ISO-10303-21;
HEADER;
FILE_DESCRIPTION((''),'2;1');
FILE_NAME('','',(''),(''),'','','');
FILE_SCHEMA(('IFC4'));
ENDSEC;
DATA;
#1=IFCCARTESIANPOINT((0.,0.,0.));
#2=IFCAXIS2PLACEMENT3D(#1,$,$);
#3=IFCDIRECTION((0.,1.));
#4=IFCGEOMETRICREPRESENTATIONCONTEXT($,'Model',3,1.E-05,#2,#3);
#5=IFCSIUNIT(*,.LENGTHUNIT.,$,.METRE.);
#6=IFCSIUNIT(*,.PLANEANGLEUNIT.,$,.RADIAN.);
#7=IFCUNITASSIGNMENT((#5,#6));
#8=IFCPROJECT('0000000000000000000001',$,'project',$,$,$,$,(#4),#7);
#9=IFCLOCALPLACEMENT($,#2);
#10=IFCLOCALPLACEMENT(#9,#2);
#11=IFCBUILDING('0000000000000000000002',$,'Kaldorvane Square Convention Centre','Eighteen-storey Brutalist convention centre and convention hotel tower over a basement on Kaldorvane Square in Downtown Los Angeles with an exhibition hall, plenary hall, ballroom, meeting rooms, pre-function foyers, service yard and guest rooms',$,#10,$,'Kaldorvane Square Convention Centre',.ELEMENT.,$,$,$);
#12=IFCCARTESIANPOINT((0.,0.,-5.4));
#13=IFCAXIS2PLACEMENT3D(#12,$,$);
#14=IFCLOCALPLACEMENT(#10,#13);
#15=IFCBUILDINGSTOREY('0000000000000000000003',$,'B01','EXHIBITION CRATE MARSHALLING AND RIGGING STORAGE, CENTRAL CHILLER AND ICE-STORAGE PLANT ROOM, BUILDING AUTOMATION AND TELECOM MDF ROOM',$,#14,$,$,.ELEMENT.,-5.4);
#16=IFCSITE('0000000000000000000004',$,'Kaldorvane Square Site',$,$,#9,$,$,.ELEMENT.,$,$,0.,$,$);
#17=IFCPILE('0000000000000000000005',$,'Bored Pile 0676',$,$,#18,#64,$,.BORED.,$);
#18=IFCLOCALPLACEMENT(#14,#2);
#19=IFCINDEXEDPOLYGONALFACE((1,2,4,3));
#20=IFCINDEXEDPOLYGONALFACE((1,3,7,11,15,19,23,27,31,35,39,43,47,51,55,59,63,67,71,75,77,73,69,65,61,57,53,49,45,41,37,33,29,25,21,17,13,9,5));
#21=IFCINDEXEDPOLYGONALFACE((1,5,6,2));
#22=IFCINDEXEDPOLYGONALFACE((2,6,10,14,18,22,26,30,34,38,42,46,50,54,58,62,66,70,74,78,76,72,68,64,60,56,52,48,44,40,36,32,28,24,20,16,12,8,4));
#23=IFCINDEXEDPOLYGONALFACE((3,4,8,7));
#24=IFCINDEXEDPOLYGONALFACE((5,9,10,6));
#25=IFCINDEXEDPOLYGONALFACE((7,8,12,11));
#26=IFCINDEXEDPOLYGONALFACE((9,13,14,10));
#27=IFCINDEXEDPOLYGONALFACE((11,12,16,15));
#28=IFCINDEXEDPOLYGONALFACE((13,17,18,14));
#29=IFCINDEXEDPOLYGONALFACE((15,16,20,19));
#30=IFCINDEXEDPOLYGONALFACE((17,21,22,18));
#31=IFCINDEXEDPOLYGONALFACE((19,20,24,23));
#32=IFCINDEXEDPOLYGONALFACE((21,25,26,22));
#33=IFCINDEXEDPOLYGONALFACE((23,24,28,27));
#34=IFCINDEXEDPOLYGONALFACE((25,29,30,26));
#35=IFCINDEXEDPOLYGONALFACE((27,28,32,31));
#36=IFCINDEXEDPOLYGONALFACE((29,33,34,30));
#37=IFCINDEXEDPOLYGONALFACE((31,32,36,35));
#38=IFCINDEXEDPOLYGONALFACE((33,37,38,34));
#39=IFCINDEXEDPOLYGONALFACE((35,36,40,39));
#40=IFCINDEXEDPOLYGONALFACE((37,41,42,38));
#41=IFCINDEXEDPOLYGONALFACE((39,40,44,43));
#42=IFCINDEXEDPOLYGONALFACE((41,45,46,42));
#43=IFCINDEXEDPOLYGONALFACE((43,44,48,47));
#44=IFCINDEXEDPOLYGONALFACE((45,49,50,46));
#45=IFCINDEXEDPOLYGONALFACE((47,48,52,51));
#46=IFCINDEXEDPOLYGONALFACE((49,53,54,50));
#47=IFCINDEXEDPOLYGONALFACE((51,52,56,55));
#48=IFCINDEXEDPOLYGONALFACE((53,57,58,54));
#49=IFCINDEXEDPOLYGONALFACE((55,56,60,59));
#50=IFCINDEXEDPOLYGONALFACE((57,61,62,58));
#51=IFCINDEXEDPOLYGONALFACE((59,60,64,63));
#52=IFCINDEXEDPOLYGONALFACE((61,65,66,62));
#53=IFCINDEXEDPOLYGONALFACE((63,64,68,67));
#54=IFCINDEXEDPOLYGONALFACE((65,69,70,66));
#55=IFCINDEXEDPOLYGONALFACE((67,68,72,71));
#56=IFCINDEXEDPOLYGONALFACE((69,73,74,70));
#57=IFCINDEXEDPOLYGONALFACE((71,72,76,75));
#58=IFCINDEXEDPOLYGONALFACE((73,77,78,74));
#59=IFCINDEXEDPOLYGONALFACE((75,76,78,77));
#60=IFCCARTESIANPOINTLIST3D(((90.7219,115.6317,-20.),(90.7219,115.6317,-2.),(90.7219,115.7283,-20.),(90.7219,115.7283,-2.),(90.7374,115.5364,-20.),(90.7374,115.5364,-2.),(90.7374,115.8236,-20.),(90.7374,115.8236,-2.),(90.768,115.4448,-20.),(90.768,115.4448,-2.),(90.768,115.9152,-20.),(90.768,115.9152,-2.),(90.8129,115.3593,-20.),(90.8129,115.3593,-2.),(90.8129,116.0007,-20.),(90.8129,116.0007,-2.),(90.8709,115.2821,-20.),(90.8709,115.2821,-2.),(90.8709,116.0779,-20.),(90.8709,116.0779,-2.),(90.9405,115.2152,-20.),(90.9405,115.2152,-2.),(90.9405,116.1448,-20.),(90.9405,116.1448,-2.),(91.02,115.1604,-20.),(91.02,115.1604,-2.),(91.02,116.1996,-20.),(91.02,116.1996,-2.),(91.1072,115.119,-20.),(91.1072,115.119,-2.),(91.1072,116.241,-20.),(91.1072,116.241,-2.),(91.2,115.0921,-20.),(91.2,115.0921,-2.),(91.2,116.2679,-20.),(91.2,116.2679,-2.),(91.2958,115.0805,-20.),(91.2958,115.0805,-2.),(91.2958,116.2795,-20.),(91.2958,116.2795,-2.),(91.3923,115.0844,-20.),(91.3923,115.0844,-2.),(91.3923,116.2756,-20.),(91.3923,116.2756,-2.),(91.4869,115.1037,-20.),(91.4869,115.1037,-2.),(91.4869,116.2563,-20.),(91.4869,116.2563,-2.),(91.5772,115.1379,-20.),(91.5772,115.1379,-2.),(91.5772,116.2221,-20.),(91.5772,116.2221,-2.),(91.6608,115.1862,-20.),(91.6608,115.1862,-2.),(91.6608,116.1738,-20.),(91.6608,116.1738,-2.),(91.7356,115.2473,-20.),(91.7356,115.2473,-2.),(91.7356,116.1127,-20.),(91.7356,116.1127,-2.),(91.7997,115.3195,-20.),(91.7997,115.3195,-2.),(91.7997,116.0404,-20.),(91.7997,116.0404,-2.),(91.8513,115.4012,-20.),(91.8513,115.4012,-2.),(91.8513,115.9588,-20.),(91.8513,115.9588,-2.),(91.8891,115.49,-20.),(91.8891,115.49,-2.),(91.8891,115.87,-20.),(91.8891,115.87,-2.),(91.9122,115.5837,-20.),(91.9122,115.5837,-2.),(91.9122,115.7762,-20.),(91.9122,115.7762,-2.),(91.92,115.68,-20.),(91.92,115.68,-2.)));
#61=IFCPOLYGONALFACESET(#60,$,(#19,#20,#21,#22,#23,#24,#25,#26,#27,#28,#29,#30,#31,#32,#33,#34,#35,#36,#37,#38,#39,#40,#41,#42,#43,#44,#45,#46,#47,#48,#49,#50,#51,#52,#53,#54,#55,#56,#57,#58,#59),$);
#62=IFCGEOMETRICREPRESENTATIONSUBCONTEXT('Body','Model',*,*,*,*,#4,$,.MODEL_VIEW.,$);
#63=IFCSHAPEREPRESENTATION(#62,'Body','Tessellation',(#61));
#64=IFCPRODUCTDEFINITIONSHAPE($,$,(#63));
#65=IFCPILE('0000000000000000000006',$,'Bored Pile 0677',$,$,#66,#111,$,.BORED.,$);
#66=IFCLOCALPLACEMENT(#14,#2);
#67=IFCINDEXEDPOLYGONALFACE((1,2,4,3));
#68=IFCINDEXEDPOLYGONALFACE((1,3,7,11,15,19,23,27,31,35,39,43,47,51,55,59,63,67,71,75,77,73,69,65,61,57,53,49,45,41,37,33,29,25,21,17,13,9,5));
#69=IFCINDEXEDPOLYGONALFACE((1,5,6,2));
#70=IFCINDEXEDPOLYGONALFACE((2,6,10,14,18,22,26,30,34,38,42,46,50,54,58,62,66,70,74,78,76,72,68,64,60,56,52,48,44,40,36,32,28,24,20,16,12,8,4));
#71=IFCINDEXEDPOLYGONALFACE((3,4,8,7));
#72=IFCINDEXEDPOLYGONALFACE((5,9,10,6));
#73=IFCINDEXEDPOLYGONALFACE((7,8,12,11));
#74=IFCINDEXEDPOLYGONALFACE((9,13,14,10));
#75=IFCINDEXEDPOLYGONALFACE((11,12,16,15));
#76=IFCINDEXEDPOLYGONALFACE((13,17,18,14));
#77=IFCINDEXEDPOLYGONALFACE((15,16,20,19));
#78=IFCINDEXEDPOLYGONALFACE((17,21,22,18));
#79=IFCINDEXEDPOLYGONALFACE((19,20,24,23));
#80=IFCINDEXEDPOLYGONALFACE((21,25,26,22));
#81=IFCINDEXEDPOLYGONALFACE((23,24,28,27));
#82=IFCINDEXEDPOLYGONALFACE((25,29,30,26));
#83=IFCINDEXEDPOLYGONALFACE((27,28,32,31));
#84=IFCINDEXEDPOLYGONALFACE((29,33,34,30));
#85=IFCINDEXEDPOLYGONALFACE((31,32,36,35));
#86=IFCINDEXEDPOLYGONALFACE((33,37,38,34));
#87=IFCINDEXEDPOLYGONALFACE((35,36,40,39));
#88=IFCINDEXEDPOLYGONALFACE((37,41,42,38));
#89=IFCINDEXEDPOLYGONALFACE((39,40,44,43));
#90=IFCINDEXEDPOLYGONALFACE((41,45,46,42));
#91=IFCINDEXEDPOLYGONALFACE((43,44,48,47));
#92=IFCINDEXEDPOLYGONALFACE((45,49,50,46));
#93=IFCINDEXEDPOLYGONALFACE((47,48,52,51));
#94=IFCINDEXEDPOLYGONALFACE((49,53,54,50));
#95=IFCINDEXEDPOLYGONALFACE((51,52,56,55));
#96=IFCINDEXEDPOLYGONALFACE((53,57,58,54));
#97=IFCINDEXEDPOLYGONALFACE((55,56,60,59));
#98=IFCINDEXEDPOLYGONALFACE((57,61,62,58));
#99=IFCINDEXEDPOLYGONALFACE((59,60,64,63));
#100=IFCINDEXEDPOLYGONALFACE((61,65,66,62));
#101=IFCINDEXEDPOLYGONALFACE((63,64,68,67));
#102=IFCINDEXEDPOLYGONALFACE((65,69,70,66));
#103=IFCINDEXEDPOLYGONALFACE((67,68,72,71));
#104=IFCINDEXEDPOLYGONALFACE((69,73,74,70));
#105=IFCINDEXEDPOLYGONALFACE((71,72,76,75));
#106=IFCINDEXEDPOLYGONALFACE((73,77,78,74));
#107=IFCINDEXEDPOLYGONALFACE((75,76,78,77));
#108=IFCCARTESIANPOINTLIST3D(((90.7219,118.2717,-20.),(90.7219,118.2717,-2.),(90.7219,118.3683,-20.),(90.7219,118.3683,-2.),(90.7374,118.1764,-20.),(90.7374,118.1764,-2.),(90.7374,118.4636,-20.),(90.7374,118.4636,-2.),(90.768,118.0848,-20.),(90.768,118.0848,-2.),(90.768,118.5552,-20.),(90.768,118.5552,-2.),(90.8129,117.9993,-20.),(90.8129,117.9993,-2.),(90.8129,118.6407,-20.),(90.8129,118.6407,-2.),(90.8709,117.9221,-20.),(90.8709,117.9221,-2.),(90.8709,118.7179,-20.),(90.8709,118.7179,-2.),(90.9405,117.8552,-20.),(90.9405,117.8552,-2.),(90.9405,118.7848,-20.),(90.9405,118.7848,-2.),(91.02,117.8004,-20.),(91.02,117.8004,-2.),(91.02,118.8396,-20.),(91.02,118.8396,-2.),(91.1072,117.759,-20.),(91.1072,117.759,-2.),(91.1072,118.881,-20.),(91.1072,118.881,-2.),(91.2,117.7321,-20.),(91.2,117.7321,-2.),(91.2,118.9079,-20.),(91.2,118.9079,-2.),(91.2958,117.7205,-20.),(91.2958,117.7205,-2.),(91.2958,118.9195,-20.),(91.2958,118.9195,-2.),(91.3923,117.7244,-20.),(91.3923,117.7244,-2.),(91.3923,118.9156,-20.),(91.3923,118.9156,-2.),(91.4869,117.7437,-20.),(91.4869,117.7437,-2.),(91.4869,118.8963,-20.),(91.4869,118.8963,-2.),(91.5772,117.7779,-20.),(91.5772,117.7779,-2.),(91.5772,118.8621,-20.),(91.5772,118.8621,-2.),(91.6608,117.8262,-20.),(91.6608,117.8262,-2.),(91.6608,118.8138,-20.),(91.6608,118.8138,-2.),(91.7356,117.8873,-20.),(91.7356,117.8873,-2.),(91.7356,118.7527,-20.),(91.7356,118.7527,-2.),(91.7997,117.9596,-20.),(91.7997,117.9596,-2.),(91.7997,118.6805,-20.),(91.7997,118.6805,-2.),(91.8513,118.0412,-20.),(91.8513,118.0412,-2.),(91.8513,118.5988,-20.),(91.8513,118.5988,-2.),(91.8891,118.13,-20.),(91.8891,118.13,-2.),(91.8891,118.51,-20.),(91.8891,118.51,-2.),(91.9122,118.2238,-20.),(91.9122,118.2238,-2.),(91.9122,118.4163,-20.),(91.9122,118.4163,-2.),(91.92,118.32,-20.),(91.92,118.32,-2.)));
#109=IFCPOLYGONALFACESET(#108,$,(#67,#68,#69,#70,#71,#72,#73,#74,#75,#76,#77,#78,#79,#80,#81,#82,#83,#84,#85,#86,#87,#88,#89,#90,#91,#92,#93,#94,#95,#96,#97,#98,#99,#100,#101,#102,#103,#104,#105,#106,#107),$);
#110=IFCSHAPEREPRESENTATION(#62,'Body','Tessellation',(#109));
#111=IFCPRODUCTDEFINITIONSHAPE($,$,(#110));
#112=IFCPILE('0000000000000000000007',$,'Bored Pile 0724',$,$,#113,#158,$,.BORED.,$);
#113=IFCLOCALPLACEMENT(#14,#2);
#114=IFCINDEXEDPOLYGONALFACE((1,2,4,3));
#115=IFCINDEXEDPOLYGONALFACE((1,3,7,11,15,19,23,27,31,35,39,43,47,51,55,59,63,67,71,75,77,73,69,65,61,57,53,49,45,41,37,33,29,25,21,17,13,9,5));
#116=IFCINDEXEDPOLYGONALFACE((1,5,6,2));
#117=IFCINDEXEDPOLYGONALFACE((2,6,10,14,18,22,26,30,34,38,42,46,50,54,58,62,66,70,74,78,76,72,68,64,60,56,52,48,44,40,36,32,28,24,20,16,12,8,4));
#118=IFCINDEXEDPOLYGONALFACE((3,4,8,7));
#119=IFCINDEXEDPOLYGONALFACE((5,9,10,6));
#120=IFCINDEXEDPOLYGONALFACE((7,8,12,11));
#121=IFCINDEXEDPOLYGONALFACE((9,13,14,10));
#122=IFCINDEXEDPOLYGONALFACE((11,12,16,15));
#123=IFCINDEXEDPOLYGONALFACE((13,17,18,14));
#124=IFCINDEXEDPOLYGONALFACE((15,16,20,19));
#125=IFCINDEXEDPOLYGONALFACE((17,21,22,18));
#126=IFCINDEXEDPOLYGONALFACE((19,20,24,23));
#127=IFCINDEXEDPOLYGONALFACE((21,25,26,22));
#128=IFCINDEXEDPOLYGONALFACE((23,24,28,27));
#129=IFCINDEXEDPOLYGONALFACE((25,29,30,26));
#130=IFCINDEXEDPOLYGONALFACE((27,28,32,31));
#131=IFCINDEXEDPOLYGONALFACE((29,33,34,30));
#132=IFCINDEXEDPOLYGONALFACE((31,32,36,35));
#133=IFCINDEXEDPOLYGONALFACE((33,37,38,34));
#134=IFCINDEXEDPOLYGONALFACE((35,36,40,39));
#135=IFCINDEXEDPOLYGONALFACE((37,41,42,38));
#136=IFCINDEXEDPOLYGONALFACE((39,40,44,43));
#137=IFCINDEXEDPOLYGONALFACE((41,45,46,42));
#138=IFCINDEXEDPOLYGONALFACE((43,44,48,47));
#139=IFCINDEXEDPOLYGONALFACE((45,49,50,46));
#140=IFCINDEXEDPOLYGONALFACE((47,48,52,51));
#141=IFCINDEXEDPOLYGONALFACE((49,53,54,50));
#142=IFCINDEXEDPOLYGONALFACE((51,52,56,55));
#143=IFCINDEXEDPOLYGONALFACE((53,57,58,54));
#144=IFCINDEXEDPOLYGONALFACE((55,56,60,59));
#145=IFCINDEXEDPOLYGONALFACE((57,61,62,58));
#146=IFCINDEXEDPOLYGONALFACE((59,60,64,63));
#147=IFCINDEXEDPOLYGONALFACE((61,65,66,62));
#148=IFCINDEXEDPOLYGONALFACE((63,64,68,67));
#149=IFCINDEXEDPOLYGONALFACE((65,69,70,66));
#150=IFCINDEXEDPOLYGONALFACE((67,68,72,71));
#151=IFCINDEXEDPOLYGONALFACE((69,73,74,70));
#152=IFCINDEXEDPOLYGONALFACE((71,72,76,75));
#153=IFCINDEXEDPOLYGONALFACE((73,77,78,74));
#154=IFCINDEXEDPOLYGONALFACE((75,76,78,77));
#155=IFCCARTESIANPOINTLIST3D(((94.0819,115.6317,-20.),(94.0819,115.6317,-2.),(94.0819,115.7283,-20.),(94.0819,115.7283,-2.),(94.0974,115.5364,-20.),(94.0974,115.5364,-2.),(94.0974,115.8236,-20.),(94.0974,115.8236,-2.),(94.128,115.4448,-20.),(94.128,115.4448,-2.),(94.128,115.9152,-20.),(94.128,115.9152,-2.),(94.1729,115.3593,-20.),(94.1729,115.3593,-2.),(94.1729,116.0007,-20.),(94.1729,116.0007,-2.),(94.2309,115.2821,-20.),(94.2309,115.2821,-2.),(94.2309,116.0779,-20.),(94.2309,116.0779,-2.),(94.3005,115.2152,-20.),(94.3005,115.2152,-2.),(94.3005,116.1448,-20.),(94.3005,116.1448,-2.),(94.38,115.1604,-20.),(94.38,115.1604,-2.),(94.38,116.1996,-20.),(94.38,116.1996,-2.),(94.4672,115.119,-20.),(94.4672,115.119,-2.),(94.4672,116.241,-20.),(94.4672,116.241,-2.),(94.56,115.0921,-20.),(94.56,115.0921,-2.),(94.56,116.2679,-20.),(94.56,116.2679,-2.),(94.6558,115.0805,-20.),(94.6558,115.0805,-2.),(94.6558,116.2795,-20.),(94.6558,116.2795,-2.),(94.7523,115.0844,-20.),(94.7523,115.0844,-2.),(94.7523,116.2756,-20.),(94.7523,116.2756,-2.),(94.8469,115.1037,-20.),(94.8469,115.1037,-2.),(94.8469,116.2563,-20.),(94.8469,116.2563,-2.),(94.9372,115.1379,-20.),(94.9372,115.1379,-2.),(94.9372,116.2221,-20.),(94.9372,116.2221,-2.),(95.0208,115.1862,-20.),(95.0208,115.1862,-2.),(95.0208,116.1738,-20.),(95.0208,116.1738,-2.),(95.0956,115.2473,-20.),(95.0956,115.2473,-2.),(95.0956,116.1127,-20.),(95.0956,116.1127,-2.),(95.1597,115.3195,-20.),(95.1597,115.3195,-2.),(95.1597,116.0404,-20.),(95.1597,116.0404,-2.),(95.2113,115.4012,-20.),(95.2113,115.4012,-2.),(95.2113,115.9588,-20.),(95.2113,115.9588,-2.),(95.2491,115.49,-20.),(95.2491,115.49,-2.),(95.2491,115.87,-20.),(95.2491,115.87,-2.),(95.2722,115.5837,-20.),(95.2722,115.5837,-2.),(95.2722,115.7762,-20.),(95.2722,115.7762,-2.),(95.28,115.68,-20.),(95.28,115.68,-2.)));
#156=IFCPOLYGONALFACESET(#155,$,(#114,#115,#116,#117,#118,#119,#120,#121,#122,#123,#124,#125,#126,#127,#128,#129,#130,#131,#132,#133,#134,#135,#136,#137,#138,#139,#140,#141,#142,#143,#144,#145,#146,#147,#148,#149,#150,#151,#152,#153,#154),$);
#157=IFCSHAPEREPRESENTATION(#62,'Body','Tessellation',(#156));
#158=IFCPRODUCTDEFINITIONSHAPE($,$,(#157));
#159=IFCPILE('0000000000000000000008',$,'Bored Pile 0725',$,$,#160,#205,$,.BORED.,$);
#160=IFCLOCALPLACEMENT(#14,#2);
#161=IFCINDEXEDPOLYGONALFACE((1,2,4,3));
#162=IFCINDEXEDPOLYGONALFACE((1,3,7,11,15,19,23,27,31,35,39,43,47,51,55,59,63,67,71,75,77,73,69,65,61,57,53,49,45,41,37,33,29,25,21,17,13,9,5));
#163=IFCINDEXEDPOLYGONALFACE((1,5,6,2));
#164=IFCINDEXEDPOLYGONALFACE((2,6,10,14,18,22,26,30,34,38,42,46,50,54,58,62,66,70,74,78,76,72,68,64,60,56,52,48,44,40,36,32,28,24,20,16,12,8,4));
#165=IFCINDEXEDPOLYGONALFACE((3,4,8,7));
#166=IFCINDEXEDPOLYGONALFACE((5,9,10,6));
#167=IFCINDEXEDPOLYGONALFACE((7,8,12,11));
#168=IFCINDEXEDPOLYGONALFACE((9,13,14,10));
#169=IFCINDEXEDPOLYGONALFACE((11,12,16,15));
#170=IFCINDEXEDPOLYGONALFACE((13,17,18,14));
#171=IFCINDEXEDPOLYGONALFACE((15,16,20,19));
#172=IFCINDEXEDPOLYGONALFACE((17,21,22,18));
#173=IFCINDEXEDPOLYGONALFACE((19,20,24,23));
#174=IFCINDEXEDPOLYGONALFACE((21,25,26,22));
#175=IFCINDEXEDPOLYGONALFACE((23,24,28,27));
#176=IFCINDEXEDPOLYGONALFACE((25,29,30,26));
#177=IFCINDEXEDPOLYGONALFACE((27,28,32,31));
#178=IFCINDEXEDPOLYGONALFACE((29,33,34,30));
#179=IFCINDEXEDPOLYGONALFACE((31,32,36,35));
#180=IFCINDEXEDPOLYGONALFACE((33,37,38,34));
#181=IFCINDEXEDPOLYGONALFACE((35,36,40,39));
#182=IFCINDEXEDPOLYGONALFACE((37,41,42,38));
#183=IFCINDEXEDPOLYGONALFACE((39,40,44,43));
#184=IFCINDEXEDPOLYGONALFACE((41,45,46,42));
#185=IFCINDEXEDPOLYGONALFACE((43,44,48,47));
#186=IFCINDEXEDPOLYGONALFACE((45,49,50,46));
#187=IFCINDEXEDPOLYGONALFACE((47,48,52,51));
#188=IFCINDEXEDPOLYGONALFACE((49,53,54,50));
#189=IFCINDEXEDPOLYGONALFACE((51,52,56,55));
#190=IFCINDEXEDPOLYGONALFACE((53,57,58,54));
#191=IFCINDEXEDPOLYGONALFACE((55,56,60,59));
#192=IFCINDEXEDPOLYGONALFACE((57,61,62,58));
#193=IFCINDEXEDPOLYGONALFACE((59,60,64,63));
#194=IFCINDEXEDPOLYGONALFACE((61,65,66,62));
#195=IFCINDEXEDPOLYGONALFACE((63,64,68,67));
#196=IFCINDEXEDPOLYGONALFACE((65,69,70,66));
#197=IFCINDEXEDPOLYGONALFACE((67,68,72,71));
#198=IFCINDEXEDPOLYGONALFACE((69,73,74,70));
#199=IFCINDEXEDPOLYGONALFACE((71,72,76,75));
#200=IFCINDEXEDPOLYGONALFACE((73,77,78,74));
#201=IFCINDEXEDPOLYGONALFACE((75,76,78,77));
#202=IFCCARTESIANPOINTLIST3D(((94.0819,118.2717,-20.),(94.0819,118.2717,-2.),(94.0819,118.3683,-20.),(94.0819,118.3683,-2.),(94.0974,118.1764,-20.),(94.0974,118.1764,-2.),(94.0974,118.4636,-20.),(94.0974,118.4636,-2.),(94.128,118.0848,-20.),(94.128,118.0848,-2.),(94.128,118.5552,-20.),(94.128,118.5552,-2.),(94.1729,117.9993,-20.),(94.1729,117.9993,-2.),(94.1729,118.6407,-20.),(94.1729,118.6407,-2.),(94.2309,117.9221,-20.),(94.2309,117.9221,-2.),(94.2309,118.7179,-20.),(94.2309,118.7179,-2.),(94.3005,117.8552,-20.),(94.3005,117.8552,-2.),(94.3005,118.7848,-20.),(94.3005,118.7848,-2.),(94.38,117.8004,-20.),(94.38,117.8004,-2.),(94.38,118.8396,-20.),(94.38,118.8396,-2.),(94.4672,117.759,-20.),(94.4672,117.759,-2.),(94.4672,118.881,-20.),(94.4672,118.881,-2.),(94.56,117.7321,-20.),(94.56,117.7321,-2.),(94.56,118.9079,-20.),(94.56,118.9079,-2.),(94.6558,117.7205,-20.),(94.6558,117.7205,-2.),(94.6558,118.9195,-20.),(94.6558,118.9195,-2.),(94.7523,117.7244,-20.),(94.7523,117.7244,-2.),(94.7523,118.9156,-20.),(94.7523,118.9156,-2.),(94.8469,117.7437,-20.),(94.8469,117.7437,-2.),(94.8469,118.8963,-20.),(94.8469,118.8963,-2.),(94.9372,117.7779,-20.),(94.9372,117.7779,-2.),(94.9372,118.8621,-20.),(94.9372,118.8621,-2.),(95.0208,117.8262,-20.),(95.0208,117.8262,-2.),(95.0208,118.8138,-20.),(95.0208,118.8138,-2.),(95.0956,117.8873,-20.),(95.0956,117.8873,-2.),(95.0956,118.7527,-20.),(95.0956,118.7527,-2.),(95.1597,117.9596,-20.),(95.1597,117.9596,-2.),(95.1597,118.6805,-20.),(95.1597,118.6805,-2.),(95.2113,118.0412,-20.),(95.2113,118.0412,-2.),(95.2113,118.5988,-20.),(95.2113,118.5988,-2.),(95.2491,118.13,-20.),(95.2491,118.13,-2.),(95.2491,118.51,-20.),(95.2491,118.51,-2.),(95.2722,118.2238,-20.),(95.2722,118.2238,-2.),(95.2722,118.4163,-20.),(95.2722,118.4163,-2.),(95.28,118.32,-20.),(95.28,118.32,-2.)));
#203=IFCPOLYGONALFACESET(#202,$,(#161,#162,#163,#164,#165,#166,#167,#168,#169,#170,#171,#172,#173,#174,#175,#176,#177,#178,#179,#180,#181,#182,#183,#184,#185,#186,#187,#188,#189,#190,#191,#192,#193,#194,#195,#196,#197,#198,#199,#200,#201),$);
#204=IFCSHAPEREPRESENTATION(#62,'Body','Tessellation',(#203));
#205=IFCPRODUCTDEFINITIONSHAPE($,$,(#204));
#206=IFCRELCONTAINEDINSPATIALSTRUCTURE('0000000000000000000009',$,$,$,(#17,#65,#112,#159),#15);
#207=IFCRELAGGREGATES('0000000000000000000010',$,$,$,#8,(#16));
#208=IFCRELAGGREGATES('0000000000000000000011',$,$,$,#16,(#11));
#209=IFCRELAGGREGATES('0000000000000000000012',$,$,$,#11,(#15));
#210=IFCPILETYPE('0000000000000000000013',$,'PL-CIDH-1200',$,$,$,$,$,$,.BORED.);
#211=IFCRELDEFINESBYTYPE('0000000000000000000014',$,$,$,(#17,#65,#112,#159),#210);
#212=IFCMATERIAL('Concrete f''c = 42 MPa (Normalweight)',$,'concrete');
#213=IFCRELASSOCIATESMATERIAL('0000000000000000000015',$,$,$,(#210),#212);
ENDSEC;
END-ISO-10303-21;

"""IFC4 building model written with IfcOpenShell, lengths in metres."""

from ifc_helpers import new_model, si_unit, direction, frame, origin, origin_2d, place, context, subcontext, project, spatial, circle, extrude, material, material_profile, profile_set, type_object, element, save


model = new_model("IFC4")

# Units and contexts
model_context = context("Model", 3, precision=1e-05, world=origin(), true_north=direction((0.0, 1.0)))
body_context = subcontext(model_context, "Body", "Model", "MODEL_VIEW")
ifc_project = project(units=[si_unit("LENGTHUNIT", "METRE"), si_unit("PLANEANGLEUNIT", "RADIAN")], contexts=[model_context])

# Site, building, storey
site_placement = place(None, origin())
site = spatial("IfcSite", under=ifc_project, at=site_placement, Name="Kaldorvane Square Site", CompositionType="ELEMENT", RefElevation=0.0)
building_placement = place(site_placement, origin())
building = spatial("IfcBuilding", under=site, at=building_placement, Name="Kaldorvane Square Convention Centre", Description="Eighteen-storey Brutalist convention centre and convention hotel tower over a basement on Kaldorvane Square in Downtown Los Angeles with an exhibition hall, plenary hall, ballroom, meeting rooms, pre-function foyers, service yard and guest rooms", LongName="Kaldorvane Square Convention Centre", CompositionType="ELEMENT")
storey_placement = place(building_placement, frame((0.0, 0.0, -5.4)))
storey = spatial("IfcBuildingStorey", under=building, at=storey_placement, Name="B01", Description="EXHIBITION CRATE MARSHALLING AND RIGGING STORAGE, CENTRAL CHILLER AND ICE-STORAGE PLANT ROOM, BUILDING AUTOMATION AND TELECOM MDF ROOM", CompositionType="ELEMENT", Elevation=-5.4)

# Shared definitions
ifc_material_1 = material(Name="Concrete f'c = 42 MPa (Normalweight)", Category="concrete")

# Piles
ifc_material_profile_1 = material_profile(ifc_material_1, circle(Radius=0.6, at=origin_2d()), Name="PILE-D1200")
ifc_profile_set_1 = profile_set([ifc_material_profile_1], Name="Concrete f'c = 42 MPa (Normalweight)")
pile_type_1 = type_object("IfcPileType", Name="PL-CIDH-1200", PredefinedType="BORED", material=ifc_profile_set_1)
for number, where, z_axis, x_axis, name in (
    (1, (91.32, 115.68, -2.0), (0.0, 0.0, -1.0), (1.0, 0.0, 0.0), "Bored Pile 0676"),
    (2, (91.32, 118.32, -2.0), (0.0, 0.0, -1.0), (1.0, 0.0, 0.0), "Bored Pile 0677"),
    (3, (94.68, 115.68, -2.0), (0.0, 0.0, -1.0), (1.0, 0.0, 0.0), "Bored Pile 0724"),
    (4, (94.68, 118.32, -2.0), (0.0, 0.0, -1.0), (1.0, 0.0, 0.0), "Bored Pile 0725"),
):
    element("IfcPile", number, at=place(storey_placement, frame(where, z_axis=z_axis, x_axis=x_axis)), inside=storey, type_object=pile_type_1, Name=name, PredefinedType="BORED", context=body_context, shape_type="SweptSolid", body=[
        extrude(circle(Radius=0.6, at=origin_2d()), origin(), (0.0, 0.0, 1.0), 18.0),
    ])

save(model, "model.ifc")
